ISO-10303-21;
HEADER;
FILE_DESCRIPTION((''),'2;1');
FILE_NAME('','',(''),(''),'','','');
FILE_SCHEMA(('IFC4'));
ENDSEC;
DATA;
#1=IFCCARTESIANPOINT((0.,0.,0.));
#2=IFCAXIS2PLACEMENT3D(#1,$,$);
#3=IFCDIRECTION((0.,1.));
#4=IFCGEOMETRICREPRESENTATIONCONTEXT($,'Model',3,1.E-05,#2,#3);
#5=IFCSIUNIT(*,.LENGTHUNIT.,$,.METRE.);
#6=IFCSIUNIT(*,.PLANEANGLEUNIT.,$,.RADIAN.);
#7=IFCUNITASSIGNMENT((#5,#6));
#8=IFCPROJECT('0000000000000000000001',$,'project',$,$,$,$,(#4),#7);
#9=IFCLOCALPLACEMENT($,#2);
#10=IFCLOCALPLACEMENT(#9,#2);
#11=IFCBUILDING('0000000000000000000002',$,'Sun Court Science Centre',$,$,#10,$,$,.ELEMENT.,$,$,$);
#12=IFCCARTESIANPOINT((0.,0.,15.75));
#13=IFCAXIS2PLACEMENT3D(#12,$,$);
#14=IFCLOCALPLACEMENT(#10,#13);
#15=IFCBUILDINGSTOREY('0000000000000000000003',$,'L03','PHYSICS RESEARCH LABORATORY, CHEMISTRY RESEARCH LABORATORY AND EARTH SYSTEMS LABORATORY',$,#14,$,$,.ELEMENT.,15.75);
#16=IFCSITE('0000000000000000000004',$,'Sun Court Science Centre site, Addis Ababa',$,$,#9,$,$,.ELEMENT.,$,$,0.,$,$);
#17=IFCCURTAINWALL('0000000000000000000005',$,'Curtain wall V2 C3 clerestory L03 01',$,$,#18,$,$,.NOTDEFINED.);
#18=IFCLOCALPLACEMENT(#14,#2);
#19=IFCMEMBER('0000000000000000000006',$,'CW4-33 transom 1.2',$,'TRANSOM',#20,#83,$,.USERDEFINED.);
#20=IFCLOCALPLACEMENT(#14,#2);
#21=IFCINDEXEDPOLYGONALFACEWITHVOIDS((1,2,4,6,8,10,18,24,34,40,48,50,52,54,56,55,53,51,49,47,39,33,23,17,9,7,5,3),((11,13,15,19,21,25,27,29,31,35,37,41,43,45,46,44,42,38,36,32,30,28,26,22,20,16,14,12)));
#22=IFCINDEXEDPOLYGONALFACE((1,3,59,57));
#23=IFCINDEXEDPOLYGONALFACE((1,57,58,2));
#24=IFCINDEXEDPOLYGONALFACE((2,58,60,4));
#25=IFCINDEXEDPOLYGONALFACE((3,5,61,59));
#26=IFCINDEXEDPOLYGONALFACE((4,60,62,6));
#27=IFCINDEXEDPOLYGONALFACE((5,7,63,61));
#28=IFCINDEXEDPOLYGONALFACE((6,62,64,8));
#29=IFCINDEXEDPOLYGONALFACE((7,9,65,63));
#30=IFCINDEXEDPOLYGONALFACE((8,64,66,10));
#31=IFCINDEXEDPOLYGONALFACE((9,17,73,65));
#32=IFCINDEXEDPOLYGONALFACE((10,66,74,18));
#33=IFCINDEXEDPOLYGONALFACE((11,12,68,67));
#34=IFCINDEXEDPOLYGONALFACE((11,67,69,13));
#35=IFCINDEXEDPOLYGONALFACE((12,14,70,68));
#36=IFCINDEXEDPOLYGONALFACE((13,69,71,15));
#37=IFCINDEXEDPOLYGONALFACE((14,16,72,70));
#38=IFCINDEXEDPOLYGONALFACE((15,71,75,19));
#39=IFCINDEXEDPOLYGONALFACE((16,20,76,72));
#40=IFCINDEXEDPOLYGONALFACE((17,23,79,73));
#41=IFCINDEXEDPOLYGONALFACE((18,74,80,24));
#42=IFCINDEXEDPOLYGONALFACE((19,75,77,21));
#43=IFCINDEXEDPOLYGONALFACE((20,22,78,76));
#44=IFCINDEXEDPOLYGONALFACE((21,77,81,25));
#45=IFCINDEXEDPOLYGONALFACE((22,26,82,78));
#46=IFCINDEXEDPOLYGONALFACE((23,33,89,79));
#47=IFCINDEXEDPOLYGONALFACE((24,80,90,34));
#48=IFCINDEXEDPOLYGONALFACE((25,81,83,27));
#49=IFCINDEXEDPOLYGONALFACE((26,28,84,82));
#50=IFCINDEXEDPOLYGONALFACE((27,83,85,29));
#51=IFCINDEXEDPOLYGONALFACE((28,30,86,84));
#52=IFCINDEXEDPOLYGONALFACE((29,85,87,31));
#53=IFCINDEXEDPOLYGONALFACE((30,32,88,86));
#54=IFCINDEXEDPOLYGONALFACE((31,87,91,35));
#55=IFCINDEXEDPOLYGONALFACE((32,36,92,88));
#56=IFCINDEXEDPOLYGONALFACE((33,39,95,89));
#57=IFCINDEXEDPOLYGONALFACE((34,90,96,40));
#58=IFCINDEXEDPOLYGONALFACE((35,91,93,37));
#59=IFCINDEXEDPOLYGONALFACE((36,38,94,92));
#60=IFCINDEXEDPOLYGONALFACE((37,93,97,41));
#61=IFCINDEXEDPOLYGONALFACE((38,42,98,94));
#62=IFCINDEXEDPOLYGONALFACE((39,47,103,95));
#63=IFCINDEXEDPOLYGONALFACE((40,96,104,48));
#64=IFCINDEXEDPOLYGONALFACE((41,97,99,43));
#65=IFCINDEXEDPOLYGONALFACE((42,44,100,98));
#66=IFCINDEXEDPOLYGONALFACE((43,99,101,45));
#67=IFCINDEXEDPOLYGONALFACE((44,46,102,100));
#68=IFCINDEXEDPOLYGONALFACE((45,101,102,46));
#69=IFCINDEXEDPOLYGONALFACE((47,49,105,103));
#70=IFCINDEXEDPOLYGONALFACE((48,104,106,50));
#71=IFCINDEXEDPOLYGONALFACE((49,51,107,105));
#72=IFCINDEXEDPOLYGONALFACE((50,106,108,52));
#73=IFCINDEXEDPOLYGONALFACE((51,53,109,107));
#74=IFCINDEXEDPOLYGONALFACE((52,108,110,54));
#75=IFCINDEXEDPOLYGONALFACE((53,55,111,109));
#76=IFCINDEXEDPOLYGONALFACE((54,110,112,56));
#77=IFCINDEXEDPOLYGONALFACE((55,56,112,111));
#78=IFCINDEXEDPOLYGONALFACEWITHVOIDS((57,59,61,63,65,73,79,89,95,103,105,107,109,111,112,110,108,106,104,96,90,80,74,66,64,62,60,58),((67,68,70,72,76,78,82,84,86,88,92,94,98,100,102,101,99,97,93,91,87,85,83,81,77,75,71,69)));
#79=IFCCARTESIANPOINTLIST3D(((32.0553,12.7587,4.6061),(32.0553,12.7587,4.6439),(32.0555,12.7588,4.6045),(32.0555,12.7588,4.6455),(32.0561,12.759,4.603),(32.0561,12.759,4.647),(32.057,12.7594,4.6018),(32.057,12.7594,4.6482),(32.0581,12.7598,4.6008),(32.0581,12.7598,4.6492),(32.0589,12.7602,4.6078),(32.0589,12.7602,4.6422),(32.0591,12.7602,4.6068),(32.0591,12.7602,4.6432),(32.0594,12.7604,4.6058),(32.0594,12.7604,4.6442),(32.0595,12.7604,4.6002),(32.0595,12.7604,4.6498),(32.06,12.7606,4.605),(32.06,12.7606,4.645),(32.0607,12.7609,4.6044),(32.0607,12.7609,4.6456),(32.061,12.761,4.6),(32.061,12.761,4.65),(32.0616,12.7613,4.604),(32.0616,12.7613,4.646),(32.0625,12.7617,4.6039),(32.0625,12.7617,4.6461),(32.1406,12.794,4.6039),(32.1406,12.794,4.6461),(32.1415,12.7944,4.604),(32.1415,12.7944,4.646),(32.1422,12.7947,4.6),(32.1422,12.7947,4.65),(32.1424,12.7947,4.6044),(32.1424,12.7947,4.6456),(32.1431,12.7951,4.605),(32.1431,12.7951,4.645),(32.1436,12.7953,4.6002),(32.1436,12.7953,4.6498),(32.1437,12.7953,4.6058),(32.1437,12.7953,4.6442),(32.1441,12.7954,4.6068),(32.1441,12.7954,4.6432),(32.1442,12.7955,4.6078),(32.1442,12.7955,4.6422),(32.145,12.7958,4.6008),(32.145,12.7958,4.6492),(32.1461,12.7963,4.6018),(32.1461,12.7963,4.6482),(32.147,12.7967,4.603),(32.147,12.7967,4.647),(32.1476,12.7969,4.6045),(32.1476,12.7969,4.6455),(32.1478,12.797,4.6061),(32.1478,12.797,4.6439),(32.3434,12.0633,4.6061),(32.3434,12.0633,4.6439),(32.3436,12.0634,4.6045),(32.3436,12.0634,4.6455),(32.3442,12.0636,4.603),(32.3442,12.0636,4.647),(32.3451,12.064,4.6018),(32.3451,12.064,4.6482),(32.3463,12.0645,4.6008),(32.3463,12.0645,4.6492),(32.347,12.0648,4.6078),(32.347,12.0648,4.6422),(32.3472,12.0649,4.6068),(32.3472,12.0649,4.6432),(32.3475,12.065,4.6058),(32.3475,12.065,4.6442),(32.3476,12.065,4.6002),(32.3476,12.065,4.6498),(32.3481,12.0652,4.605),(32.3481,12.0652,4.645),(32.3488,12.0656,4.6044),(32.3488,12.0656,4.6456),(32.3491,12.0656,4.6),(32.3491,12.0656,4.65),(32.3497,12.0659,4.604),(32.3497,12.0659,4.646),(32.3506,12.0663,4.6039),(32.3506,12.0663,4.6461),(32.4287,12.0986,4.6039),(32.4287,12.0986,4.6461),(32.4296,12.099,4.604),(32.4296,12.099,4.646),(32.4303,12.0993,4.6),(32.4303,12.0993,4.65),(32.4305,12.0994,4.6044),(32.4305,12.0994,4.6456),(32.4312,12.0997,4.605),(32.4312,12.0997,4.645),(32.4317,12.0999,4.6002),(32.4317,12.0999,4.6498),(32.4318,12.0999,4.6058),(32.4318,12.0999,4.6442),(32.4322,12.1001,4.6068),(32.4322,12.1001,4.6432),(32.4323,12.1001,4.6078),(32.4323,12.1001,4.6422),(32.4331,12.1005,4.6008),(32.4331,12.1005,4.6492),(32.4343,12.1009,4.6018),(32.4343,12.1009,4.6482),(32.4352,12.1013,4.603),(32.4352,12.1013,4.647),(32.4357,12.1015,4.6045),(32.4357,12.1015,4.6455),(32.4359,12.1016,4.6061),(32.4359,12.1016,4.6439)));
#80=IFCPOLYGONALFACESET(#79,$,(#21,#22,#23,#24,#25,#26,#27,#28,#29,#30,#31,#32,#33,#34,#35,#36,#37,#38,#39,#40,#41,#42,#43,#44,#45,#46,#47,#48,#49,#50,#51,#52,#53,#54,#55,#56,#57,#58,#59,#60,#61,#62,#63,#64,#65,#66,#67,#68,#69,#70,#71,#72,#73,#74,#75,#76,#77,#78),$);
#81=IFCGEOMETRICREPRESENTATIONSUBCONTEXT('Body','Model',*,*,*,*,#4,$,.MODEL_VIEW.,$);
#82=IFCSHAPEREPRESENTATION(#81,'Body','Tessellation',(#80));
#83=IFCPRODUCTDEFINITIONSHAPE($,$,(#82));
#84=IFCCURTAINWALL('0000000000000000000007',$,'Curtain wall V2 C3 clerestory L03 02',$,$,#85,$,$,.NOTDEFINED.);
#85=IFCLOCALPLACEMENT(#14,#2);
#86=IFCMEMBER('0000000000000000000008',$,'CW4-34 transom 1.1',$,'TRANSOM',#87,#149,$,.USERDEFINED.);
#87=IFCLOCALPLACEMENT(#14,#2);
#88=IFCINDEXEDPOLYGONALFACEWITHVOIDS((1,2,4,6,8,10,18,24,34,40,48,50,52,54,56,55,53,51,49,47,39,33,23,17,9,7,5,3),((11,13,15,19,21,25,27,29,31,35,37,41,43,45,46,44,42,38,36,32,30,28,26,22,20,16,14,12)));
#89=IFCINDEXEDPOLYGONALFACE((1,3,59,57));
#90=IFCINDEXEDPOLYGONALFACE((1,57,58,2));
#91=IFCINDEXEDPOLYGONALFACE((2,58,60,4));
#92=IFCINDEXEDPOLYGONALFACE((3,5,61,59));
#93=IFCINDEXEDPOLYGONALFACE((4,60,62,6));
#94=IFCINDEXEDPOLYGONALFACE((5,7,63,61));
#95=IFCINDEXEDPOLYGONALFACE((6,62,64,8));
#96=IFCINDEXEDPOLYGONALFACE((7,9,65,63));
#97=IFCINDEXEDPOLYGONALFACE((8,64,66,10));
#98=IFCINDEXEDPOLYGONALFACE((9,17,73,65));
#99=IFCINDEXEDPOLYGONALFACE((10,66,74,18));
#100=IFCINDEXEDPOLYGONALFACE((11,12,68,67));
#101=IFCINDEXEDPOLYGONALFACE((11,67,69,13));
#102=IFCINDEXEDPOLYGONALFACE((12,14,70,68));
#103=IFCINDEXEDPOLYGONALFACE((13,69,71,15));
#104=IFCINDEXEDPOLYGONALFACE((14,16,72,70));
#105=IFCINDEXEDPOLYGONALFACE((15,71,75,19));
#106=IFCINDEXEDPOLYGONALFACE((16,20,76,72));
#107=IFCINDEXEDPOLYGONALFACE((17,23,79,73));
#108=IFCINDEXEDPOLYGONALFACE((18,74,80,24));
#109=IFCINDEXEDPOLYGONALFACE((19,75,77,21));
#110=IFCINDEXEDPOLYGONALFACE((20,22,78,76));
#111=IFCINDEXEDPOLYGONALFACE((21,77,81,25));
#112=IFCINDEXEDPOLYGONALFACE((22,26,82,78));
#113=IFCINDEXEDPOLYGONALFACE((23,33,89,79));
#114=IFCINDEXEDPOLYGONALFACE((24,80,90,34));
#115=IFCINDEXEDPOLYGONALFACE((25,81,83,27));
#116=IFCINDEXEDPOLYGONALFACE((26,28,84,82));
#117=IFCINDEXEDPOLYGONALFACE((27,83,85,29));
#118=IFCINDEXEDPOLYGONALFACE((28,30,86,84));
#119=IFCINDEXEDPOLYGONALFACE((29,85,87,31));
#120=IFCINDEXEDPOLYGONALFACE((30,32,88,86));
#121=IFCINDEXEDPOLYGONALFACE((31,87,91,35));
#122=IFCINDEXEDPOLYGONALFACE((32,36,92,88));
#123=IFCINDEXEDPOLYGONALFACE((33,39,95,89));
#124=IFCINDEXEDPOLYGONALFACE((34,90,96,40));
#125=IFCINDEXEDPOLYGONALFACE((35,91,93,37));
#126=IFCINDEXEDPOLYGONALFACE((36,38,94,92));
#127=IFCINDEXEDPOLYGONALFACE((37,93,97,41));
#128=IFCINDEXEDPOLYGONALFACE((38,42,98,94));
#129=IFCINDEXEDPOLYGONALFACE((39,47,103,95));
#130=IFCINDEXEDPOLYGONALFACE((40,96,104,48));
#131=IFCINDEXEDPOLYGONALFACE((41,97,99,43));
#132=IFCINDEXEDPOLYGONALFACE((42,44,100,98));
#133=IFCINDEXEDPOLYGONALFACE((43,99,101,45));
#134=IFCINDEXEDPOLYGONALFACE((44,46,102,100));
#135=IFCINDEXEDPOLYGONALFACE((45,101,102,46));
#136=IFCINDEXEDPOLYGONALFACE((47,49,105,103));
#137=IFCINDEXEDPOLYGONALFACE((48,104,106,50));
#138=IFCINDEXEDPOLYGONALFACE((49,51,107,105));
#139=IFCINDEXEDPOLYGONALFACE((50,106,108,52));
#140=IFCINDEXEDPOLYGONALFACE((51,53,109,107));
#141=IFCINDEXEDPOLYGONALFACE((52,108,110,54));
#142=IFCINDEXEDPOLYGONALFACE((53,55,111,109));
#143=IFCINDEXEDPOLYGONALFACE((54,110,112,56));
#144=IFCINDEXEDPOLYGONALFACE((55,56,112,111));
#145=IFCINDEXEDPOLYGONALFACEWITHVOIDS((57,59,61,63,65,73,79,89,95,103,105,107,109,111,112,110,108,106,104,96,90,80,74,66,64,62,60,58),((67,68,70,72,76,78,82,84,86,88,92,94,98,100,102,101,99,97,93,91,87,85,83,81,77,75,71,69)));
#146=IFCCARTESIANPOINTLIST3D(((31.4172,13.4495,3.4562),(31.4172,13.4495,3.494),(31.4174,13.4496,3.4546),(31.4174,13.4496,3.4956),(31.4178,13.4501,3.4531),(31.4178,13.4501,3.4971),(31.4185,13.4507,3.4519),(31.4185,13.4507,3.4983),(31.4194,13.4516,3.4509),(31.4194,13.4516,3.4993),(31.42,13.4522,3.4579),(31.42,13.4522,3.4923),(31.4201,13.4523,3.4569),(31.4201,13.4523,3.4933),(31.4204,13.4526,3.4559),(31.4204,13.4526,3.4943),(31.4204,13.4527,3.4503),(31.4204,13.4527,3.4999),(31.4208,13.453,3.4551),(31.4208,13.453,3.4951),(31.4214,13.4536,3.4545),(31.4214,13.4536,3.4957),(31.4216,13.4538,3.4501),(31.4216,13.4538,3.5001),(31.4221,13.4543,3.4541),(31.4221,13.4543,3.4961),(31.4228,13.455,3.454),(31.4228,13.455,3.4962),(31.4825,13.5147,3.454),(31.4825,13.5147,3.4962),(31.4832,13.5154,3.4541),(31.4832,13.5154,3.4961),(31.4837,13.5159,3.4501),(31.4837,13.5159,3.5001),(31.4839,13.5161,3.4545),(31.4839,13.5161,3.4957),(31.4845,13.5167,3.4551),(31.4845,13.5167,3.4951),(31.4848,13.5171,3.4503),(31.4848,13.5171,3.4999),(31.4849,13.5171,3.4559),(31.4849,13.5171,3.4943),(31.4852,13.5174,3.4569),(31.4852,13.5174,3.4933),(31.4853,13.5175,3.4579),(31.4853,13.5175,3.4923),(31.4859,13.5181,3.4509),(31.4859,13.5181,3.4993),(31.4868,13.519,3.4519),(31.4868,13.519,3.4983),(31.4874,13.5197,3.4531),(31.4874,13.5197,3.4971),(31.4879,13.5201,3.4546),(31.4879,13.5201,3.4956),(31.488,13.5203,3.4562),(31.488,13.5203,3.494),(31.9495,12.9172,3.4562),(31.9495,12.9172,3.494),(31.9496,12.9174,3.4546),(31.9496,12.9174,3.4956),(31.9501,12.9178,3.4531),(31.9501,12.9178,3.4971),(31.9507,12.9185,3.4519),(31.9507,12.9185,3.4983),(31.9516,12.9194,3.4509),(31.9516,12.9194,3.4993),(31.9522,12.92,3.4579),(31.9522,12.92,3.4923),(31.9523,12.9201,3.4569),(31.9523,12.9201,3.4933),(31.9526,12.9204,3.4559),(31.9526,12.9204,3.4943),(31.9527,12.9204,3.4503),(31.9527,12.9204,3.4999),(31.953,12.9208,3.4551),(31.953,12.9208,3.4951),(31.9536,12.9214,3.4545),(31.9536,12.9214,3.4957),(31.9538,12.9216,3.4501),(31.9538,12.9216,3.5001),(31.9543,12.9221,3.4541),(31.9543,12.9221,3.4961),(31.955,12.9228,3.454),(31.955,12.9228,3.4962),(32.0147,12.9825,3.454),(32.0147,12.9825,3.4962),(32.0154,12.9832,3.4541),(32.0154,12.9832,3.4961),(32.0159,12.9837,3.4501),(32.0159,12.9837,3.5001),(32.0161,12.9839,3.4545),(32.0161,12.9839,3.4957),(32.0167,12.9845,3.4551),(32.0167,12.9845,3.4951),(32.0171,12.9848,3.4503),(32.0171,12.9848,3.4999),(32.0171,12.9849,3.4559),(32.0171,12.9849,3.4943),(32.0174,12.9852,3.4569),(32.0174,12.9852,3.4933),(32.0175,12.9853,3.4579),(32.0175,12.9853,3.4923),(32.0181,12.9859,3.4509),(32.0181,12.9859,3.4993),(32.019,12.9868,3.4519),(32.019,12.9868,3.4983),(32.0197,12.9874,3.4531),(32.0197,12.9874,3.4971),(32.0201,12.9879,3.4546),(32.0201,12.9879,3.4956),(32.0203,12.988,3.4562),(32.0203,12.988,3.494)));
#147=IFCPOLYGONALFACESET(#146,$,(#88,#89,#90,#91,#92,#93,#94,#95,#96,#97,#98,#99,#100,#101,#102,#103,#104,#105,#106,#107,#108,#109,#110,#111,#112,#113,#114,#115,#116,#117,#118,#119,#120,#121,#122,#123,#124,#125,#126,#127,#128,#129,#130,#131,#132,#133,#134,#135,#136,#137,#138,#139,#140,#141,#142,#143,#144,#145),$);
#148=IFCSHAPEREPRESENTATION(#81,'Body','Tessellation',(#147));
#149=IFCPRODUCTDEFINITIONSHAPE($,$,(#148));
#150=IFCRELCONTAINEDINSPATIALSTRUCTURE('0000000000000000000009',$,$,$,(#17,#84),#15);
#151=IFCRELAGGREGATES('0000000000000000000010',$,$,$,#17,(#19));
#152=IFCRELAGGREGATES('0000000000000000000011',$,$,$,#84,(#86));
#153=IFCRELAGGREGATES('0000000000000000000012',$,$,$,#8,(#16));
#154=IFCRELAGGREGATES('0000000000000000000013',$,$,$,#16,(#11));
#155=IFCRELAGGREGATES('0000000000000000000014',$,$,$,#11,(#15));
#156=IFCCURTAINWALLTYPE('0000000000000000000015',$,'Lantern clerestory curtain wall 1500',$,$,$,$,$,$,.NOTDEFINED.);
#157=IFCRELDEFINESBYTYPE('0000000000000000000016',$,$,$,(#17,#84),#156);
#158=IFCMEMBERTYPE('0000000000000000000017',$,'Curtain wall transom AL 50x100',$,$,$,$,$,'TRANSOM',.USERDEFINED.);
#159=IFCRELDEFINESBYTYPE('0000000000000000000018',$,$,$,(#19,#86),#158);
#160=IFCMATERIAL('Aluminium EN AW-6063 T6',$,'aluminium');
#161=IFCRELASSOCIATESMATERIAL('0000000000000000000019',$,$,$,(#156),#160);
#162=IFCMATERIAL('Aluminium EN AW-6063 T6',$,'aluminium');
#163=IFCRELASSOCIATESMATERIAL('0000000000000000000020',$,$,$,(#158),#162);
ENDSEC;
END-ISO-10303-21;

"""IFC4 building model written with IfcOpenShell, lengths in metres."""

from ifc_helpers import new_model, si_unit, direction, frame, origin, origin_2d, place, context, subcontext, project, spatial, hollow_rectangle, extrude, material, material_profile, profile_set, type_object, element, aggregate, save


model = new_model("IFC4")

# Units and contexts
model_context = context("Model", 3, precision=1e-05, world=origin(), true_north=direction((0.0, 1.0)))
body_context = subcontext(model_context, "Body", "Model", "MODEL_VIEW")
ifc_project = project(units=[si_unit("LENGTHUNIT", "METRE"), si_unit("PLANEANGLEUNIT", "RADIAN")], contexts=[model_context])

# Site, building, storey
site_placement = place(None, origin())
site = spatial("IfcSite", under=ifc_project, at=site_placement, Name="Sun Court Science Centre site, Addis Ababa", CompositionType="ELEMENT", RefElevation=0.0)
building_placement = place(site_placement, origin())
building = spatial("IfcBuilding", under=site, at=building_placement, Name="Sun Court Science Centre", CompositionType="ELEMENT")
storey_placement = place(building_placement, frame((0.0, 0.0, 15.75)))
storey = spatial("IfcBuildingStorey", under=building, at=storey_placement, Name="L03", Description="PHYSICS RESEARCH LABORATORY, CHEMISTRY RESEARCH LABORATORY AND EARTH SYSTEMS LABORATORY", CompositionType="ELEMENT", Elevation=15.75)

# Curtain walls, members
ifc_material_1 = material(Name="Aluminium EN AW-6063 T6", Category="aluminium")
curtain_wall_type = type_object("IfcCurtainWallType", Name="Lantern clerestory curtain wall 1500", PredefinedType="NOTDEFINED", material=ifc_material_1)
curtain_wall_1_placement = place(storey_placement, origin())
curtain_wall_1 = element("IfcCurtainWall", 1, at=curtain_wall_1_placement, inside=storey, type_object=curtain_wall_type, Name="Curtain wall V2 C3 clerestory L03 01", PredefinedType="NOTDEFINED")
ifc_material_2 = material(Name="Aluminium EN AW-6063 T6", Category="aluminium")
ifc_material_profile_1 = material_profile(ifc_material_2, hollow_rectangle(XDim=0.05, YDim=0.1001, WallThickness=0.0039, InnerFilletRadius=0.0039, OuterFilletRadius=0.0061, at=origin_2d()), Name="AL 50x100x4")
ifc_profile_set_1 = profile_set([ifc_material_profile_1], Name="Aluminium EN AW-6063 T6")
member_type_1 = type_object("IfcMemberType", Name="Curtain wall transom AL 50x100", ElementType="TRANSOM", PredefinedType="USERDEFINED", material=ifc_profile_set_1)
member_1_placement = place(storey_placement, frame((32.1016, 12.7778, 4.625), z_axis=(0.382772, -0.923843, 0.0), x_axis=(0.0, 0.0, 1.0)))
member_1 = element("IfcMember", 2, at=member_1_placement, type_object=member_type_1, Name="CW4-33 transom 1.2", ObjectType="TRANSOM", PredefinedType="USERDEFINED", context=body_context, shape_type="SweptSolid", body=[
    extrude(hollow_rectangle(XDim=0.05, YDim=0.1001, WallThickness=0.0039, InnerFilletRadius=0.0039, OuterFilletRadius=0.0061, at=origin_2d()), origin(), (0.0, 0.0, 1.0), 0.7527),
])
curtain_wall_2_placement = place(storey_placement, origin())
curtain_wall_2 = element("IfcCurtainWall", 3, at=curtain_wall_2_placement, inside=storey, type_object=curtain_wall_type, Name="Curtain wall V2 C3 clerestory L03 02", PredefinedType="NOTDEFINED")
member_2_placement = place(storey_placement, frame((31.4526, 13.4849, 3.4751), z_axis=(0.707107, -0.707107, 0.0), x_axis=(0.0, 0.0, 1.0)))
member_2 = element("IfcMember", 4, at=member_2_placement, type_object=member_type_1, Name="CW4-34 transom 1.1", ObjectType="TRANSOM", PredefinedType="USERDEFINED", context=body_context, shape_type="SweptSolid", body=[
    extrude(hollow_rectangle(XDim=0.05, YDim=0.1001, WallThickness=0.0039, InnerFilletRadius=0.0039, OuterFilletRadius=0.0061, at=origin_2d()), origin(), (0.0, 0.0, 1.0), 0.7527),
])

aggregate(curtain_wall_1, [member_1])
aggregate(curtain_wall_2, [member_2])

save(model, "model.ifc")
